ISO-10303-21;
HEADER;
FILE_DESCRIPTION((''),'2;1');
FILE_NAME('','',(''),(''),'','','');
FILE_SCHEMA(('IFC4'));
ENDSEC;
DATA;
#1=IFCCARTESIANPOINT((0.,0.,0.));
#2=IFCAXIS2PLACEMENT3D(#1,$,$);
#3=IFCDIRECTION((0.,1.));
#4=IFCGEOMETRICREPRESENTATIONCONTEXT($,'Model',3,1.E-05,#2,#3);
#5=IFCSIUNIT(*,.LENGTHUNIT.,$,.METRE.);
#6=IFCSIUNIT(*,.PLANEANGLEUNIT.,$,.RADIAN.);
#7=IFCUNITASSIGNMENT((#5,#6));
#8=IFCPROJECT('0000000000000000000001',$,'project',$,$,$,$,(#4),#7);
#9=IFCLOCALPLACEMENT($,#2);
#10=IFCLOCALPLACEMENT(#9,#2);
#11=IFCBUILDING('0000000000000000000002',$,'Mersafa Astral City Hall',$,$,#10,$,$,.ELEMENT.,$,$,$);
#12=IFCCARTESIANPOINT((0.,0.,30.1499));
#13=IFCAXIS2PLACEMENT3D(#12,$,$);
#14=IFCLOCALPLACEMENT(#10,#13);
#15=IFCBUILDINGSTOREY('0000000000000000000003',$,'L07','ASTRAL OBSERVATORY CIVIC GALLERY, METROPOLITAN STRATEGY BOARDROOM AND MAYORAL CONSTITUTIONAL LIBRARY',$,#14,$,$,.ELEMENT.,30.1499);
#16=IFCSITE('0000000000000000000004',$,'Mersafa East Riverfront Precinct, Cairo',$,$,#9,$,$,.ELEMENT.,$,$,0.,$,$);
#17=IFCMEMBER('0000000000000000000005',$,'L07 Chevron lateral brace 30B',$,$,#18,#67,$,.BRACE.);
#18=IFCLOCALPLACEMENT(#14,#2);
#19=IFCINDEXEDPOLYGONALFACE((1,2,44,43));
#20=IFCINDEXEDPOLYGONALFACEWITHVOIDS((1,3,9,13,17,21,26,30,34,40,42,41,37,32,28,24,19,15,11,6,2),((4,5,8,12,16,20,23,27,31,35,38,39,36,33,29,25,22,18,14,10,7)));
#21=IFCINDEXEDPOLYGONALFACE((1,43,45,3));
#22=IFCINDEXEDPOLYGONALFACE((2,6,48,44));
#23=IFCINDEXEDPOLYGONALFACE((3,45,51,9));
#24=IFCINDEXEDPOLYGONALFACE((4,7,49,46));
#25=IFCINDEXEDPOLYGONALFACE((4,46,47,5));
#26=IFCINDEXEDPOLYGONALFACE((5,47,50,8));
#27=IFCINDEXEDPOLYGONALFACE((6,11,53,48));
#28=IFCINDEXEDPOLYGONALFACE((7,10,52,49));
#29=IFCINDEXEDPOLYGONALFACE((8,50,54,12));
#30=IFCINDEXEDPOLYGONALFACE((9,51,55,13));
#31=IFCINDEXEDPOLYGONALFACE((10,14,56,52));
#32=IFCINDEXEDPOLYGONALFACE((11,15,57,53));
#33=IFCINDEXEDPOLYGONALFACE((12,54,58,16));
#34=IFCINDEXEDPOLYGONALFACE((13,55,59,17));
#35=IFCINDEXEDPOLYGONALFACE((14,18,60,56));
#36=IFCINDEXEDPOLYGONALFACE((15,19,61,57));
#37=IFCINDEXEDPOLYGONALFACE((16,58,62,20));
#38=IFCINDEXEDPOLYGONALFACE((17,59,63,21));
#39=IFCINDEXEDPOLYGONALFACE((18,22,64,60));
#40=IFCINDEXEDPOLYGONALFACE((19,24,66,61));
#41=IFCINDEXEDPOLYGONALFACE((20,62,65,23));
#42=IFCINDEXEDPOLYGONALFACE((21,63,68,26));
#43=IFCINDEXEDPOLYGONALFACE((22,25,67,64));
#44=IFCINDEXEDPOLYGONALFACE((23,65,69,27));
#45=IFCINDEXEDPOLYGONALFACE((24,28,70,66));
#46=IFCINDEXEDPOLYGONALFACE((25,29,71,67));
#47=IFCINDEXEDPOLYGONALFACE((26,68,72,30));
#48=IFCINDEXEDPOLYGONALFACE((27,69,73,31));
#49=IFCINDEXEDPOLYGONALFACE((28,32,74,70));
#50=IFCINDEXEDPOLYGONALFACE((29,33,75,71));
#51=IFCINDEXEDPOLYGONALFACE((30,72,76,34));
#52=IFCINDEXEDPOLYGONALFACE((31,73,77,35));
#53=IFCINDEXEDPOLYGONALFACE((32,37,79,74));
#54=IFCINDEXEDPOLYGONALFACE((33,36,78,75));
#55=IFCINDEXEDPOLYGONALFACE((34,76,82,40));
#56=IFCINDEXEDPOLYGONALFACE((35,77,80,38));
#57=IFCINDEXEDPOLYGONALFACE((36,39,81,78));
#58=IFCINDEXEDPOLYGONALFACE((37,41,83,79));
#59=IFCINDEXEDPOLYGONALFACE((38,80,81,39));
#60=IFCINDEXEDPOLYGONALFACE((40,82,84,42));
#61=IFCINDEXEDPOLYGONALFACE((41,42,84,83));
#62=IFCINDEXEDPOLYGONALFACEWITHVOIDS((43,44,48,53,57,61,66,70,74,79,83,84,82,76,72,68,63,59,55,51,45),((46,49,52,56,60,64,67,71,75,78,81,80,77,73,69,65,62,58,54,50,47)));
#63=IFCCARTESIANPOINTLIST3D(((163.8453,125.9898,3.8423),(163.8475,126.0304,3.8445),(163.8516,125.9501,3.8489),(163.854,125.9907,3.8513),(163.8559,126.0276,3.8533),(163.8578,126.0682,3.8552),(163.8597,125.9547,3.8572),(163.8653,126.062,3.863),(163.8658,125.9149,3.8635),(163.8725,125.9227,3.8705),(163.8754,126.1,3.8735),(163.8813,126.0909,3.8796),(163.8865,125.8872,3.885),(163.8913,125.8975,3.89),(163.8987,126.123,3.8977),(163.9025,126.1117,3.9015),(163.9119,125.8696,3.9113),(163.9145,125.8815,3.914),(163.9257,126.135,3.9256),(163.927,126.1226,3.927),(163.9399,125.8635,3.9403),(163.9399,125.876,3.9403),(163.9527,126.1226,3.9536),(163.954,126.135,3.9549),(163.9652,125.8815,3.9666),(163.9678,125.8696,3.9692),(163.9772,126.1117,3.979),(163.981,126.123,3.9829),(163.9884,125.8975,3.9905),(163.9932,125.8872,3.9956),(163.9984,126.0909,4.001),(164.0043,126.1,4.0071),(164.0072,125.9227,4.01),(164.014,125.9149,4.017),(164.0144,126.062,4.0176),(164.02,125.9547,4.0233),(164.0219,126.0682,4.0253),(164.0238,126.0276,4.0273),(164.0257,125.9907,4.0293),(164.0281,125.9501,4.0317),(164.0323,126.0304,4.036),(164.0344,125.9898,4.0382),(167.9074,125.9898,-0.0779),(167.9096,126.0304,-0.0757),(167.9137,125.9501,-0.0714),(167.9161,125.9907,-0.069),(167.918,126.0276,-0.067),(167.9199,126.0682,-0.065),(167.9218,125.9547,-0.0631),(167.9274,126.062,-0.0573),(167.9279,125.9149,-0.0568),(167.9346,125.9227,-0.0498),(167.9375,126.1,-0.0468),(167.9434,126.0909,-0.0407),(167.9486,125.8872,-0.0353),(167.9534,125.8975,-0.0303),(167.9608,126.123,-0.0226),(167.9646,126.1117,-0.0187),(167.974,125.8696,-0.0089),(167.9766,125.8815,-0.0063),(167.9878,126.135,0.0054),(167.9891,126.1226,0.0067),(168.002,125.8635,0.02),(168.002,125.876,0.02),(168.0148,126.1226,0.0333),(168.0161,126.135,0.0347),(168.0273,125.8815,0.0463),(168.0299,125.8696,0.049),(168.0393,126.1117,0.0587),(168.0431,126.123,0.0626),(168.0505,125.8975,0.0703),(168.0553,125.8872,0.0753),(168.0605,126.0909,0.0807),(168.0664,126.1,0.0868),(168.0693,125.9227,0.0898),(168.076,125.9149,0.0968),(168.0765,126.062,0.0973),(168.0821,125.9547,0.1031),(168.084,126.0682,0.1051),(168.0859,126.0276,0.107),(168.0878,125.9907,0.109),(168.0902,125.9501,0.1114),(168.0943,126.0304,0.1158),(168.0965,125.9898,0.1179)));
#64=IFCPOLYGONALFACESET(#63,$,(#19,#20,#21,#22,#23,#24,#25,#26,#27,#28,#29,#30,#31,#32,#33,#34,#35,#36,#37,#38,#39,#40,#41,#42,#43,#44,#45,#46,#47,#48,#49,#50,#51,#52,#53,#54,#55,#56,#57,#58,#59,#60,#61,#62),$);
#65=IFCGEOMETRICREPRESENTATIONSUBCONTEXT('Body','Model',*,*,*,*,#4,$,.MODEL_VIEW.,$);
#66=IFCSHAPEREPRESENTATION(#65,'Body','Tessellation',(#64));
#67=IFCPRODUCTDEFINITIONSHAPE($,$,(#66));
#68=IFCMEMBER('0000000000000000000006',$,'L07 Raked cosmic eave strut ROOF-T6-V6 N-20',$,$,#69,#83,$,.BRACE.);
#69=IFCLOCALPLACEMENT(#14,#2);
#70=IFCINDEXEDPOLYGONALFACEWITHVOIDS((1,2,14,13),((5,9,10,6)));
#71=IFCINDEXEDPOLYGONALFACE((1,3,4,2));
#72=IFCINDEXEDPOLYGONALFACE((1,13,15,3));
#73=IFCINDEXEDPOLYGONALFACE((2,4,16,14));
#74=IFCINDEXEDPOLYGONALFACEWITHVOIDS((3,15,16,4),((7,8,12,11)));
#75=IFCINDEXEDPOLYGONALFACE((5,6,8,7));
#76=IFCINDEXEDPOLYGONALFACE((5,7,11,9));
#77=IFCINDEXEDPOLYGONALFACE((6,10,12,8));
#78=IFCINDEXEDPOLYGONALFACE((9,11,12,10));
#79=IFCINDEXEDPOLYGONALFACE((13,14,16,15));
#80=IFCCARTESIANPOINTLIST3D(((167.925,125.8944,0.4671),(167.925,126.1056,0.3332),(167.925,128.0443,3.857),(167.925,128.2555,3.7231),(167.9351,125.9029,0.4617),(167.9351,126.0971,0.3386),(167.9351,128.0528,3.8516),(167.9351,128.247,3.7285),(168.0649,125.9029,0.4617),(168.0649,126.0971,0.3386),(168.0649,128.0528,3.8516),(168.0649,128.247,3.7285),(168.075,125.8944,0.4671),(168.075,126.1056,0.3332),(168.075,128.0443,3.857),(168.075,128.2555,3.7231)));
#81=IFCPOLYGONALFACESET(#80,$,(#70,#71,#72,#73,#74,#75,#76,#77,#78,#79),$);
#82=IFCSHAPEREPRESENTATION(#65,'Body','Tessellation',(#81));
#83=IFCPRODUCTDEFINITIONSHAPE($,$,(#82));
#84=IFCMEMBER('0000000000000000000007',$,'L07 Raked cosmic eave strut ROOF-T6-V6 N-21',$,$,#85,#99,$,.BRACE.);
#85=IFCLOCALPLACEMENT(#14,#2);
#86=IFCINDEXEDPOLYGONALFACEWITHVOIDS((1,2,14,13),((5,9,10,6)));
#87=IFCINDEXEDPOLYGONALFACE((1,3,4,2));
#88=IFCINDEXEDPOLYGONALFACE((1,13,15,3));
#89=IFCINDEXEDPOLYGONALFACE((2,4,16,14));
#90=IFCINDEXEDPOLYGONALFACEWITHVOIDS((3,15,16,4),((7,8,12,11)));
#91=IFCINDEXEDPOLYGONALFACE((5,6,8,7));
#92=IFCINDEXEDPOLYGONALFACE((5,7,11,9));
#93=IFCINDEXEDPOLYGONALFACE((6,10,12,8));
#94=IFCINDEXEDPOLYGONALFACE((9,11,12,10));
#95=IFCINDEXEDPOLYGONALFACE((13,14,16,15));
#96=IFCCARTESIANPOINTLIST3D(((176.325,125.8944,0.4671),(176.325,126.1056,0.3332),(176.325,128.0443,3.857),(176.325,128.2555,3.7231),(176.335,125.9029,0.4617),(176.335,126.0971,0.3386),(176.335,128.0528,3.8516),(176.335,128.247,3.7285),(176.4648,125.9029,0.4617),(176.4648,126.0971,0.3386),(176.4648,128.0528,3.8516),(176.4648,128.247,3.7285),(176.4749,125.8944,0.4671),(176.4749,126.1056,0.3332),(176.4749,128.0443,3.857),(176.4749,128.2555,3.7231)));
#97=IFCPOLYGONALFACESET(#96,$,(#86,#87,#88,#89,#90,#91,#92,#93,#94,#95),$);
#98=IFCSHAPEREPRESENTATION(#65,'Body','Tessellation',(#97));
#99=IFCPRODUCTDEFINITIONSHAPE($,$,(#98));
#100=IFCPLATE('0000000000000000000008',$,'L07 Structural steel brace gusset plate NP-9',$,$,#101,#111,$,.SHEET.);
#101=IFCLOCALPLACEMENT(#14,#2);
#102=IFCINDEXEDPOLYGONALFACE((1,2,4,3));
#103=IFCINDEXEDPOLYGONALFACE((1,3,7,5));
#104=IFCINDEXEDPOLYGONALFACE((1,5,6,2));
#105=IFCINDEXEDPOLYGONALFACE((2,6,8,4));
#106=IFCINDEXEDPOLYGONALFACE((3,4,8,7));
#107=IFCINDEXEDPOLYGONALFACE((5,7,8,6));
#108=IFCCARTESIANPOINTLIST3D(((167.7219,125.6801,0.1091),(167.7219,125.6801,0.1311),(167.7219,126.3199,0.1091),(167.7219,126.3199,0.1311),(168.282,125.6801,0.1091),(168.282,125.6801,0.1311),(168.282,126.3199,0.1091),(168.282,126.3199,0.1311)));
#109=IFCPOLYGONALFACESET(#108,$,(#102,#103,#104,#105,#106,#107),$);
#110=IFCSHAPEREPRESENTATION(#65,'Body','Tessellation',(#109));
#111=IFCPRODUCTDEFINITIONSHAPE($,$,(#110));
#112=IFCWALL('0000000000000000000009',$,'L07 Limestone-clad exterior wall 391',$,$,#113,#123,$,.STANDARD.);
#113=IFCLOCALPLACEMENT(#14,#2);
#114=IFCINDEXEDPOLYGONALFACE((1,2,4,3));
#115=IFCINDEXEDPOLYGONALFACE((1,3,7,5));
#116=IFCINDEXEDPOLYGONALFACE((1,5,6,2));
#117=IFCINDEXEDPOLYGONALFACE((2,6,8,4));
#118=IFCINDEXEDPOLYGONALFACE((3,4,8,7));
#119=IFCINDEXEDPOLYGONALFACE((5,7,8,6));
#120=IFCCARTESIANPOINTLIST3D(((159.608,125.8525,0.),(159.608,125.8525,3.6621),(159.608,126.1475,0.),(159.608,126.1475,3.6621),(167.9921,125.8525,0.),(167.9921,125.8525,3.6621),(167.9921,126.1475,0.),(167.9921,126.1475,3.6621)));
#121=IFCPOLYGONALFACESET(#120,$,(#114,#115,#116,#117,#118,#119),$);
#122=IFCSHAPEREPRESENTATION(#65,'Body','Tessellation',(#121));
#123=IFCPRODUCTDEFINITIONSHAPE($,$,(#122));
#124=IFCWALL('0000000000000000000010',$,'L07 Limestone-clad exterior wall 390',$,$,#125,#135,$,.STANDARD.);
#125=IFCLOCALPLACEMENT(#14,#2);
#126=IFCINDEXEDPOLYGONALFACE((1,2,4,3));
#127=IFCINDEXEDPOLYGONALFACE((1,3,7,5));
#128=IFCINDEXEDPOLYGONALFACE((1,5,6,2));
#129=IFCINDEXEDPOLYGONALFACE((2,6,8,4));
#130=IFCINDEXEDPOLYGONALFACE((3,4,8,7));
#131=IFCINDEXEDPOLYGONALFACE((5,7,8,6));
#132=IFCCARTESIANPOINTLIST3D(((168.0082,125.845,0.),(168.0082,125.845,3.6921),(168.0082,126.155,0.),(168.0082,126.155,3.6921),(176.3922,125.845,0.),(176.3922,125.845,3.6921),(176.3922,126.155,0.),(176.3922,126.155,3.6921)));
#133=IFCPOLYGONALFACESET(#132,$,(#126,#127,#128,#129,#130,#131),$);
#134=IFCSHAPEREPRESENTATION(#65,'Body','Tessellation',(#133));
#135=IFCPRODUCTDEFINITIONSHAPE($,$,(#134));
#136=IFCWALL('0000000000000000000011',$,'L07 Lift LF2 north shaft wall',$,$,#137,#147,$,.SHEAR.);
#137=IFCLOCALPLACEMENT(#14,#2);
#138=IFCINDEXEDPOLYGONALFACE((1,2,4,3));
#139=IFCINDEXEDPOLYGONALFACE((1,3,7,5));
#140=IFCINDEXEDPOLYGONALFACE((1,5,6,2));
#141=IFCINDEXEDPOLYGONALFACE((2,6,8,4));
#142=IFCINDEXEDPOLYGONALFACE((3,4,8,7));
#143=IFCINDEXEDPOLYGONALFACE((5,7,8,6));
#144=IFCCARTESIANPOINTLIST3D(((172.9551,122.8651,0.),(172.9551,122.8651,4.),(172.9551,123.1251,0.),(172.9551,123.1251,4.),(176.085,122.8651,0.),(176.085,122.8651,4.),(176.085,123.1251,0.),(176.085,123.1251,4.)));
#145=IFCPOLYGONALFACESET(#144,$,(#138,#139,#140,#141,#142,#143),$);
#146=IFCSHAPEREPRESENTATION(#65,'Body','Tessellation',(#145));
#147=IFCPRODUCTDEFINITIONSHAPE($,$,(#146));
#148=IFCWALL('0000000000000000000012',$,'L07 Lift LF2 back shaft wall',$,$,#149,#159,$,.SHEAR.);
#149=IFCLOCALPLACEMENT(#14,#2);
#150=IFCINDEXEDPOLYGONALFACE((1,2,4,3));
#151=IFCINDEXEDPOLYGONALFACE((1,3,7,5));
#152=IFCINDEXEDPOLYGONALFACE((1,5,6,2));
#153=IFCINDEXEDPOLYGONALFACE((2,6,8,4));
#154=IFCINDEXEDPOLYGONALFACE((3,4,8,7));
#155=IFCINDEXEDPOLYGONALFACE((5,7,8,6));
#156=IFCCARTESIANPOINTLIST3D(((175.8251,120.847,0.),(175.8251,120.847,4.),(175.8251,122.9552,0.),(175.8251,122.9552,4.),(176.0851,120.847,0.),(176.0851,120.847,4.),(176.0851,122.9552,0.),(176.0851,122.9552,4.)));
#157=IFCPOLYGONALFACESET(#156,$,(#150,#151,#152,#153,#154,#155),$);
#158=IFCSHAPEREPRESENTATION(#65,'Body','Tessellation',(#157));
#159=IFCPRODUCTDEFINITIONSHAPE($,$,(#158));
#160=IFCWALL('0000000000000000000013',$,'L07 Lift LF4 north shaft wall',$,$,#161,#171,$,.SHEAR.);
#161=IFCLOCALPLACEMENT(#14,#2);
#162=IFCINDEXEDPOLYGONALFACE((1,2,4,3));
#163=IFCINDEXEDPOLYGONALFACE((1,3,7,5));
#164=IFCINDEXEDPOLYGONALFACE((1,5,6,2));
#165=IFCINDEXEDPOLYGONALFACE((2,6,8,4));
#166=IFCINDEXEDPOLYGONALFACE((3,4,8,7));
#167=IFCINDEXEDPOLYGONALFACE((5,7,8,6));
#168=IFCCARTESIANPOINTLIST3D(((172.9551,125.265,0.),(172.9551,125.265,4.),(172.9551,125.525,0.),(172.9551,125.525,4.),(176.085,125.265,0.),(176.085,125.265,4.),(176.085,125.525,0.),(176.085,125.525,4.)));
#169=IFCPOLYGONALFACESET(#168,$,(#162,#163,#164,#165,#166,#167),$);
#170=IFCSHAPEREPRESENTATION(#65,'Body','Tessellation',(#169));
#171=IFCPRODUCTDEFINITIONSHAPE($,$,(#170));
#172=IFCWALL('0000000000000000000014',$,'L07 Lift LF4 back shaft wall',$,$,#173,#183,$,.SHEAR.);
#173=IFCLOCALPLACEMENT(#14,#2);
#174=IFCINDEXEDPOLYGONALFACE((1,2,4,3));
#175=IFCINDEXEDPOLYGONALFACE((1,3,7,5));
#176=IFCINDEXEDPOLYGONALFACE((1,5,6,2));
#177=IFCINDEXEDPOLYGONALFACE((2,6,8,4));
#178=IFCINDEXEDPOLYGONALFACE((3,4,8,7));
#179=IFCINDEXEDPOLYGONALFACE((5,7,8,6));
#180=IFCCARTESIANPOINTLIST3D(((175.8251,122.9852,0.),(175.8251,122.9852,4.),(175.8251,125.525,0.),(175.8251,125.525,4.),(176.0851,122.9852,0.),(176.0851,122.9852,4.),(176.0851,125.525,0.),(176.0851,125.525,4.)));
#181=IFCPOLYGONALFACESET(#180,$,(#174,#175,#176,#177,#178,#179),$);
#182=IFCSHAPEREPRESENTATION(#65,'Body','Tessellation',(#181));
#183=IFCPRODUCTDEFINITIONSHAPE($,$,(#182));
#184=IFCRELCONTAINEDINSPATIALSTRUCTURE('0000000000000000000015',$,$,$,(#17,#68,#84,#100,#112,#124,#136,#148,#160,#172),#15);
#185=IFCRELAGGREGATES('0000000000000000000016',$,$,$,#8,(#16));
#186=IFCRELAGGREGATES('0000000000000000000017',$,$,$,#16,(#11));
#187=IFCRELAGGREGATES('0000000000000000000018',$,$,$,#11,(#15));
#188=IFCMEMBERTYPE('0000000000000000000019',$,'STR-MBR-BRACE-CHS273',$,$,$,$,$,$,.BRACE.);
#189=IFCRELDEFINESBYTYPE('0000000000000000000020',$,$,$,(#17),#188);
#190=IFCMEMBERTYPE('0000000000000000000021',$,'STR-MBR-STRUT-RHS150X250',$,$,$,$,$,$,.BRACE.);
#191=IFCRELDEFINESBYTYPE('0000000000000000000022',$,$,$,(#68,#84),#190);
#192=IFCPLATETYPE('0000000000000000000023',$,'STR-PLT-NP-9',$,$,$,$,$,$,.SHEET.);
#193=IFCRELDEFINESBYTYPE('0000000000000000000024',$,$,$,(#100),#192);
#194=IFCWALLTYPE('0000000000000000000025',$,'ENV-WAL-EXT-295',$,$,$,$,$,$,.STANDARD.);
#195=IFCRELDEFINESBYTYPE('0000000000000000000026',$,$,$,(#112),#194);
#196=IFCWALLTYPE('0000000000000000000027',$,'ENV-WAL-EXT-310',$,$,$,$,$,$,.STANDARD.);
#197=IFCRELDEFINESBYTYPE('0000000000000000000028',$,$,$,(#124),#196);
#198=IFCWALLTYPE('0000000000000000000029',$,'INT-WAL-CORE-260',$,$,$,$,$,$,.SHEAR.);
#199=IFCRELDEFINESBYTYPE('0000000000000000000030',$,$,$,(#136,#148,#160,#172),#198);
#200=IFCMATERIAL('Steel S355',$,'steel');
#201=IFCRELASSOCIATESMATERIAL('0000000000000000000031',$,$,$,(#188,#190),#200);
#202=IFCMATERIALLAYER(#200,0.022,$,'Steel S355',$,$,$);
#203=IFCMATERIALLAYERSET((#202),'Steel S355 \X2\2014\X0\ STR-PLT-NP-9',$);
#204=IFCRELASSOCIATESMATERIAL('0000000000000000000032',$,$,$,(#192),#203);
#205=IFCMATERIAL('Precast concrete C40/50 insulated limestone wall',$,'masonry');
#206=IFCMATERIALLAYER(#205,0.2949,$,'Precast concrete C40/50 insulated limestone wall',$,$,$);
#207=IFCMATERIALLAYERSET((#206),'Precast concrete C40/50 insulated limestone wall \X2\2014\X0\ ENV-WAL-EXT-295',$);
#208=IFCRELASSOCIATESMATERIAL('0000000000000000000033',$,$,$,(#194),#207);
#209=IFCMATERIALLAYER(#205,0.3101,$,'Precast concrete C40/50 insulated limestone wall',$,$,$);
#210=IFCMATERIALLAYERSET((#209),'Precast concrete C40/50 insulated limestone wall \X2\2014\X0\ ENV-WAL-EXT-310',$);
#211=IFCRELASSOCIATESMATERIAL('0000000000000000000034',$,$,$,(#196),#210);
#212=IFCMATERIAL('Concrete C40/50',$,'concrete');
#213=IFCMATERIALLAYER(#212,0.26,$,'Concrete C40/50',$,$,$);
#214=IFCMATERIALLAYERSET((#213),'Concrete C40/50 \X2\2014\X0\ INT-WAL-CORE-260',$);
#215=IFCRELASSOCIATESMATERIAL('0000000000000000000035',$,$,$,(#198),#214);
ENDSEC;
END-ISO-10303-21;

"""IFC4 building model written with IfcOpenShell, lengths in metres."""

from ifc_helpers import new_model, si_unit, direction, frame, frame_2d, origin, origin_2d, place, context, subcontext, project, spatial, rectangle, hollow_rectangle, hollow_circle, extrude, material, layer, layer_set, material_profile, profile_set, type_object, element, save


model = new_model("IFC4")

# Units and contexts
model_context = context("Model", 3, precision=1e-05, world=origin(), true_north=direction((0.0, 1.0)))
body_context = subcontext(model_context, "Body", "Model", "MODEL_VIEW")
ifc_project = project(units=[si_unit("LENGTHUNIT", "METRE"), si_unit("PLANEANGLEUNIT", "RADIAN")], contexts=[model_context])

# Site, building, storey
site_placement = place(None, origin())
site = spatial("IfcSite", under=ifc_project, at=site_placement, Name="Mersafa East Riverfront Precinct, Cairo", CompositionType="ELEMENT", RefElevation=0.0)
building_placement = place(site_placement, origin())
building = spatial("IfcBuilding", under=site, at=building_placement, Name="Mersafa Astral City Hall", CompositionType="ELEMENT")
storey_placement = place(building_placement, frame((0.0, 0.0, 30.1499)))
storey = spatial("IfcBuildingStorey", under=building, at=storey_placement, Name="L07", Description="ASTRAL OBSERVATORY CIVIC GALLERY, METROPOLITAN STRATEGY BOARDROOM AND MAYORAL CONSTITUTIONAL LIBRARY", CompositionType="ELEMENT", Elevation=30.1499)

# Shared definitions
ifc_material_1 = material(Name="Steel S355", Category="steel")

# Members
ifc_material_profile_1 = material_profile(ifc_material_1, hollow_circle(Radius=0.1365, WallThickness=0.0125, at=origin_2d()), Name="CHS 273x12.5")
ifc_profile_set_1 = profile_set([ifc_material_profile_1], Name="Steel S355")
member_type_1 = type_object("IfcMemberType", Name="STR-MBR-BRACE-CHS273", PredefinedType="BRACE", material=ifc_profile_set_1)
member_placement = place(storey_placement, frame((168.002, 126.0, 0.02), z_axis=(-0.719559, 0.0, 0.694432), x_axis=(0.0, -1.0, 0.0)))
element("IfcMember", 1, at=member_placement, inside=storey, type_object=member_type_1, Name="L07 Chevron lateral brace 30B", PredefinedType="BRACE", context=body_context, shape_type="SweptSolid", body=[
    extrude(hollow_circle(Radius=0.1365, WallThickness=0.0125, at=origin_2d()), origin(), (0.0, 0.0, 1.0), 5.6453),
])
ifc_material_profile_2 = material_profile(ifc_material_1, hollow_rectangle(XDim=0.1499, YDim=0.25, WallThickness=0.01, at=origin_2d()), Name="RHS 150x250x10")
ifc_profile_set_2 = profile_set([ifc_material_profile_2], Name="Steel S355")
member_type_2 = type_object("IfcMemberType", Name="STR-MBR-STRUT-RHS150X250", PredefinedType="BRACE", material=ifc_profile_set_2)
for number, where, z_axis, x_axis, name in (
    (2, (168.0, 126.0, 0.4001), (0.0, 0.53558, 0.844484), (-1.0, 0.0, 0.0), "L07 Raked cosmic eave strut ROOF-T6-V6 N-20"),
    (3, (176.3999, 126.0, 0.4001), (0.0, 0.53558, 0.844484), (-1.0, 0.0, 0.0), "L07 Raked cosmic eave strut ROOF-T6-V6 N-21"),
):
    element("IfcMember", number, at=place(storey_placement, frame(where, z_axis=z_axis, x_axis=x_axis)), inside=storey, type_object=member_type_2, Name=name, PredefinedType="BRACE", context=body_context, shape_type="SweptSolid", body=[
        extrude(hollow_rectangle(XDim=0.1499, YDim=0.25, WallThickness=0.01, at=origin_2d()), origin(), (0.0, 0.0, 1.0), 4.0142),
    ])

# Plate
ifc_layer_1 = layer(ifc_material_1, 0.022, Name="Steel S355")
ifc_layer_set_1 = layer_set([ifc_layer_1], Name="Steel S355 — STR-PLT-NP-9")
plate_type = type_object("IfcPlateType", Name="STR-PLT-NP-9", PredefinedType="SHEET", material=ifc_layer_set_1)
plate_placement = place(storey_placement, frame((168.002, 126.0, 0.1091), z_axis=(0.0, 0.0, 1.0), x_axis=(1.0, 0.0, 0.0)))
element("IfcPlate", 4, at=plate_placement, inside=storey, type_object=plate_type, Name="L07 Structural steel brace gusset plate NP-9", PredefinedType="SHEET", context=body_context, shape_type="SweptSolid", body=[
    extrude(rectangle(XDim=0.5601, YDim=0.6399, at=origin_2d()), origin(), (0.0, 0.0, 1.0), 0.022),
])

# Walls
ifc_material_2 = material(Name="Precast concrete C40/50 insulated limestone wall", Category="masonry")
ifc_layer_2 = layer(ifc_material_2, 0.2949, Name="Precast concrete C40/50 insulated limestone wall")
ifc_layer_set_2 = layer_set([ifc_layer_2], Name="Precast concrete C40/50 insulated limestone wall — ENV-WAL-EXT-295")
wall_type_1 = type_object("IfcWallType", Name="ENV-WAL-EXT-295", PredefinedType="STANDARD", material=ifc_layer_set_2)
wall_1_placement = place(storey_placement, frame((167.9919, 126.0, 0.0), z_axis=(0.0, 0.0, 1.0), x_axis=(-1.0, 0.0, 0.0)))
element("IfcWall", 5, at=wall_1_placement, inside=storey, type_object=wall_type_1, Name="L07 Limestone-clad exterior wall 391", PredefinedType="STANDARD", context=body_context, shape_type="SweptSolid", body=[
    extrude(rectangle(XDim=8.384, YDim=0.2949, at=frame_2d((4.1919, 0.0))), origin(), (0.0, 0.0, 1.0), 3.6621),
])
ifc_layer_3 = layer(ifc_material_2, 0.3101, Name="Precast concrete C40/50 insulated limestone wall")
ifc_layer_set_3 = layer_set([ifc_layer_3], Name="Precast concrete C40/50 insulated limestone wall — ENV-WAL-EXT-310")
wall_type_2 = type_object("IfcWallType", Name="ENV-WAL-EXT-310", PredefinedType="STANDARD", material=ifc_layer_set_3)
wall_2_placement = place(storey_placement, frame((176.3921, 126.0, 0.0), z_axis=(0.0, 0.0, 1.0), x_axis=(-1.0, 0.0, 0.0)))
element("IfcWall", 6, at=wall_2_placement, inside=storey, type_object=wall_type_2, Name="L07 Limestone-clad exterior wall 390", PredefinedType="STANDARD", context=body_context, shape_type="SweptSolid", body=[
    extrude(rectangle(XDim=8.384, YDim=0.3101, at=frame_2d((4.1919, 0.0))), origin(), (0.0, 0.0, 1.0), 3.6921),
])
ifc_material_3 = material(Name="Concrete C40/50", Category="concrete")
ifc_layer_4 = layer(ifc_material_3, 0.26, Name="Concrete C40/50")
ifc_layer_set_4 = layer_set([ifc_layer_4], Name="Concrete C40/50 — INT-WAL-CORE-260")
wall_type_3 = type_object("IfcWallType", Name="INT-WAL-CORE-260", PredefinedType="SHEAR", material=ifc_layer_set_4)
wall_3_placement = place(storey_placement, frame((172.9551, 122.9951, 0.0), z_axis=(0.0, 0.0, 1.0), x_axis=(1.0, 0.0, 0.0)))
element("IfcWall", 7, at=wall_3_placement, inside=storey, type_object=wall_type_3, Name="L07 Lift LF2 north shaft wall", PredefinedType="SHEAR", context=body_context, shape_type="SweptSolid", body=[
    extrude(rectangle(XDim=3.1299, YDim=0.26, at=frame_2d((1.5649, 0.0))), origin(), (0.0, 0.0, 1.0), 4.0),
])
wall_4_placement = place(storey_placement, frame((175.9551, 120.8469, 0.0), z_axis=(0.0, 0.0, 1.0), x_axis=(0.0, 1.0, 0.0)))
element("IfcWall", 8, at=wall_4_placement, inside=storey, type_object=wall_type_3, Name="L07 Lift LF2 back shaft wall", PredefinedType="SHEAR", context=body_context, shape_type="SweptSolid", body=[
    extrude(rectangle(XDim=2.1082, YDim=0.26, at=frame_2d((1.0542, 0.0))), origin(), (0.0, 0.0, 1.0), 4.0),
])

# Walls
wall_5_placement = place(storey_placement, frame((172.9551, 125.395, 0.0), z_axis=(0.0, 0.0, 1.0), x_axis=(1.0, 0.0, 0.0)))
element("IfcWall", 9, at=wall_5_placement, inside=storey, type_object=wall_type_3, Name="L07 Lift LF4 north shaft wall", PredefinedType="SHEAR", context=body_context, shape_type="SweptSolid", body=[
    extrude(rectangle(XDim=3.1299, YDim=0.26, at=frame_2d((1.5649, 0.0))), origin(), (0.0, 0.0, 1.0), 4.0),
])
wall_6_placement = place(storey_placement, frame((175.9551, 122.9851, 0.0), z_axis=(0.0, 0.0, 1.0), x_axis=(0.0, 1.0, 0.0)))
element("IfcWall", 10, at=wall_6_placement, inside=storey, type_object=wall_type_3, Name="L07 Lift LF4 back shaft wall", PredefinedType="SHEAR", context=body_context, shape_type="SweptSolid", body=[
    extrude(rectangle(XDim=2.5398, YDim=0.26, at=frame_2d((1.27, 0.0))), origin(), (0.0, 0.0, 1.0), 4.0),
])

save(model, "model.ifc")
